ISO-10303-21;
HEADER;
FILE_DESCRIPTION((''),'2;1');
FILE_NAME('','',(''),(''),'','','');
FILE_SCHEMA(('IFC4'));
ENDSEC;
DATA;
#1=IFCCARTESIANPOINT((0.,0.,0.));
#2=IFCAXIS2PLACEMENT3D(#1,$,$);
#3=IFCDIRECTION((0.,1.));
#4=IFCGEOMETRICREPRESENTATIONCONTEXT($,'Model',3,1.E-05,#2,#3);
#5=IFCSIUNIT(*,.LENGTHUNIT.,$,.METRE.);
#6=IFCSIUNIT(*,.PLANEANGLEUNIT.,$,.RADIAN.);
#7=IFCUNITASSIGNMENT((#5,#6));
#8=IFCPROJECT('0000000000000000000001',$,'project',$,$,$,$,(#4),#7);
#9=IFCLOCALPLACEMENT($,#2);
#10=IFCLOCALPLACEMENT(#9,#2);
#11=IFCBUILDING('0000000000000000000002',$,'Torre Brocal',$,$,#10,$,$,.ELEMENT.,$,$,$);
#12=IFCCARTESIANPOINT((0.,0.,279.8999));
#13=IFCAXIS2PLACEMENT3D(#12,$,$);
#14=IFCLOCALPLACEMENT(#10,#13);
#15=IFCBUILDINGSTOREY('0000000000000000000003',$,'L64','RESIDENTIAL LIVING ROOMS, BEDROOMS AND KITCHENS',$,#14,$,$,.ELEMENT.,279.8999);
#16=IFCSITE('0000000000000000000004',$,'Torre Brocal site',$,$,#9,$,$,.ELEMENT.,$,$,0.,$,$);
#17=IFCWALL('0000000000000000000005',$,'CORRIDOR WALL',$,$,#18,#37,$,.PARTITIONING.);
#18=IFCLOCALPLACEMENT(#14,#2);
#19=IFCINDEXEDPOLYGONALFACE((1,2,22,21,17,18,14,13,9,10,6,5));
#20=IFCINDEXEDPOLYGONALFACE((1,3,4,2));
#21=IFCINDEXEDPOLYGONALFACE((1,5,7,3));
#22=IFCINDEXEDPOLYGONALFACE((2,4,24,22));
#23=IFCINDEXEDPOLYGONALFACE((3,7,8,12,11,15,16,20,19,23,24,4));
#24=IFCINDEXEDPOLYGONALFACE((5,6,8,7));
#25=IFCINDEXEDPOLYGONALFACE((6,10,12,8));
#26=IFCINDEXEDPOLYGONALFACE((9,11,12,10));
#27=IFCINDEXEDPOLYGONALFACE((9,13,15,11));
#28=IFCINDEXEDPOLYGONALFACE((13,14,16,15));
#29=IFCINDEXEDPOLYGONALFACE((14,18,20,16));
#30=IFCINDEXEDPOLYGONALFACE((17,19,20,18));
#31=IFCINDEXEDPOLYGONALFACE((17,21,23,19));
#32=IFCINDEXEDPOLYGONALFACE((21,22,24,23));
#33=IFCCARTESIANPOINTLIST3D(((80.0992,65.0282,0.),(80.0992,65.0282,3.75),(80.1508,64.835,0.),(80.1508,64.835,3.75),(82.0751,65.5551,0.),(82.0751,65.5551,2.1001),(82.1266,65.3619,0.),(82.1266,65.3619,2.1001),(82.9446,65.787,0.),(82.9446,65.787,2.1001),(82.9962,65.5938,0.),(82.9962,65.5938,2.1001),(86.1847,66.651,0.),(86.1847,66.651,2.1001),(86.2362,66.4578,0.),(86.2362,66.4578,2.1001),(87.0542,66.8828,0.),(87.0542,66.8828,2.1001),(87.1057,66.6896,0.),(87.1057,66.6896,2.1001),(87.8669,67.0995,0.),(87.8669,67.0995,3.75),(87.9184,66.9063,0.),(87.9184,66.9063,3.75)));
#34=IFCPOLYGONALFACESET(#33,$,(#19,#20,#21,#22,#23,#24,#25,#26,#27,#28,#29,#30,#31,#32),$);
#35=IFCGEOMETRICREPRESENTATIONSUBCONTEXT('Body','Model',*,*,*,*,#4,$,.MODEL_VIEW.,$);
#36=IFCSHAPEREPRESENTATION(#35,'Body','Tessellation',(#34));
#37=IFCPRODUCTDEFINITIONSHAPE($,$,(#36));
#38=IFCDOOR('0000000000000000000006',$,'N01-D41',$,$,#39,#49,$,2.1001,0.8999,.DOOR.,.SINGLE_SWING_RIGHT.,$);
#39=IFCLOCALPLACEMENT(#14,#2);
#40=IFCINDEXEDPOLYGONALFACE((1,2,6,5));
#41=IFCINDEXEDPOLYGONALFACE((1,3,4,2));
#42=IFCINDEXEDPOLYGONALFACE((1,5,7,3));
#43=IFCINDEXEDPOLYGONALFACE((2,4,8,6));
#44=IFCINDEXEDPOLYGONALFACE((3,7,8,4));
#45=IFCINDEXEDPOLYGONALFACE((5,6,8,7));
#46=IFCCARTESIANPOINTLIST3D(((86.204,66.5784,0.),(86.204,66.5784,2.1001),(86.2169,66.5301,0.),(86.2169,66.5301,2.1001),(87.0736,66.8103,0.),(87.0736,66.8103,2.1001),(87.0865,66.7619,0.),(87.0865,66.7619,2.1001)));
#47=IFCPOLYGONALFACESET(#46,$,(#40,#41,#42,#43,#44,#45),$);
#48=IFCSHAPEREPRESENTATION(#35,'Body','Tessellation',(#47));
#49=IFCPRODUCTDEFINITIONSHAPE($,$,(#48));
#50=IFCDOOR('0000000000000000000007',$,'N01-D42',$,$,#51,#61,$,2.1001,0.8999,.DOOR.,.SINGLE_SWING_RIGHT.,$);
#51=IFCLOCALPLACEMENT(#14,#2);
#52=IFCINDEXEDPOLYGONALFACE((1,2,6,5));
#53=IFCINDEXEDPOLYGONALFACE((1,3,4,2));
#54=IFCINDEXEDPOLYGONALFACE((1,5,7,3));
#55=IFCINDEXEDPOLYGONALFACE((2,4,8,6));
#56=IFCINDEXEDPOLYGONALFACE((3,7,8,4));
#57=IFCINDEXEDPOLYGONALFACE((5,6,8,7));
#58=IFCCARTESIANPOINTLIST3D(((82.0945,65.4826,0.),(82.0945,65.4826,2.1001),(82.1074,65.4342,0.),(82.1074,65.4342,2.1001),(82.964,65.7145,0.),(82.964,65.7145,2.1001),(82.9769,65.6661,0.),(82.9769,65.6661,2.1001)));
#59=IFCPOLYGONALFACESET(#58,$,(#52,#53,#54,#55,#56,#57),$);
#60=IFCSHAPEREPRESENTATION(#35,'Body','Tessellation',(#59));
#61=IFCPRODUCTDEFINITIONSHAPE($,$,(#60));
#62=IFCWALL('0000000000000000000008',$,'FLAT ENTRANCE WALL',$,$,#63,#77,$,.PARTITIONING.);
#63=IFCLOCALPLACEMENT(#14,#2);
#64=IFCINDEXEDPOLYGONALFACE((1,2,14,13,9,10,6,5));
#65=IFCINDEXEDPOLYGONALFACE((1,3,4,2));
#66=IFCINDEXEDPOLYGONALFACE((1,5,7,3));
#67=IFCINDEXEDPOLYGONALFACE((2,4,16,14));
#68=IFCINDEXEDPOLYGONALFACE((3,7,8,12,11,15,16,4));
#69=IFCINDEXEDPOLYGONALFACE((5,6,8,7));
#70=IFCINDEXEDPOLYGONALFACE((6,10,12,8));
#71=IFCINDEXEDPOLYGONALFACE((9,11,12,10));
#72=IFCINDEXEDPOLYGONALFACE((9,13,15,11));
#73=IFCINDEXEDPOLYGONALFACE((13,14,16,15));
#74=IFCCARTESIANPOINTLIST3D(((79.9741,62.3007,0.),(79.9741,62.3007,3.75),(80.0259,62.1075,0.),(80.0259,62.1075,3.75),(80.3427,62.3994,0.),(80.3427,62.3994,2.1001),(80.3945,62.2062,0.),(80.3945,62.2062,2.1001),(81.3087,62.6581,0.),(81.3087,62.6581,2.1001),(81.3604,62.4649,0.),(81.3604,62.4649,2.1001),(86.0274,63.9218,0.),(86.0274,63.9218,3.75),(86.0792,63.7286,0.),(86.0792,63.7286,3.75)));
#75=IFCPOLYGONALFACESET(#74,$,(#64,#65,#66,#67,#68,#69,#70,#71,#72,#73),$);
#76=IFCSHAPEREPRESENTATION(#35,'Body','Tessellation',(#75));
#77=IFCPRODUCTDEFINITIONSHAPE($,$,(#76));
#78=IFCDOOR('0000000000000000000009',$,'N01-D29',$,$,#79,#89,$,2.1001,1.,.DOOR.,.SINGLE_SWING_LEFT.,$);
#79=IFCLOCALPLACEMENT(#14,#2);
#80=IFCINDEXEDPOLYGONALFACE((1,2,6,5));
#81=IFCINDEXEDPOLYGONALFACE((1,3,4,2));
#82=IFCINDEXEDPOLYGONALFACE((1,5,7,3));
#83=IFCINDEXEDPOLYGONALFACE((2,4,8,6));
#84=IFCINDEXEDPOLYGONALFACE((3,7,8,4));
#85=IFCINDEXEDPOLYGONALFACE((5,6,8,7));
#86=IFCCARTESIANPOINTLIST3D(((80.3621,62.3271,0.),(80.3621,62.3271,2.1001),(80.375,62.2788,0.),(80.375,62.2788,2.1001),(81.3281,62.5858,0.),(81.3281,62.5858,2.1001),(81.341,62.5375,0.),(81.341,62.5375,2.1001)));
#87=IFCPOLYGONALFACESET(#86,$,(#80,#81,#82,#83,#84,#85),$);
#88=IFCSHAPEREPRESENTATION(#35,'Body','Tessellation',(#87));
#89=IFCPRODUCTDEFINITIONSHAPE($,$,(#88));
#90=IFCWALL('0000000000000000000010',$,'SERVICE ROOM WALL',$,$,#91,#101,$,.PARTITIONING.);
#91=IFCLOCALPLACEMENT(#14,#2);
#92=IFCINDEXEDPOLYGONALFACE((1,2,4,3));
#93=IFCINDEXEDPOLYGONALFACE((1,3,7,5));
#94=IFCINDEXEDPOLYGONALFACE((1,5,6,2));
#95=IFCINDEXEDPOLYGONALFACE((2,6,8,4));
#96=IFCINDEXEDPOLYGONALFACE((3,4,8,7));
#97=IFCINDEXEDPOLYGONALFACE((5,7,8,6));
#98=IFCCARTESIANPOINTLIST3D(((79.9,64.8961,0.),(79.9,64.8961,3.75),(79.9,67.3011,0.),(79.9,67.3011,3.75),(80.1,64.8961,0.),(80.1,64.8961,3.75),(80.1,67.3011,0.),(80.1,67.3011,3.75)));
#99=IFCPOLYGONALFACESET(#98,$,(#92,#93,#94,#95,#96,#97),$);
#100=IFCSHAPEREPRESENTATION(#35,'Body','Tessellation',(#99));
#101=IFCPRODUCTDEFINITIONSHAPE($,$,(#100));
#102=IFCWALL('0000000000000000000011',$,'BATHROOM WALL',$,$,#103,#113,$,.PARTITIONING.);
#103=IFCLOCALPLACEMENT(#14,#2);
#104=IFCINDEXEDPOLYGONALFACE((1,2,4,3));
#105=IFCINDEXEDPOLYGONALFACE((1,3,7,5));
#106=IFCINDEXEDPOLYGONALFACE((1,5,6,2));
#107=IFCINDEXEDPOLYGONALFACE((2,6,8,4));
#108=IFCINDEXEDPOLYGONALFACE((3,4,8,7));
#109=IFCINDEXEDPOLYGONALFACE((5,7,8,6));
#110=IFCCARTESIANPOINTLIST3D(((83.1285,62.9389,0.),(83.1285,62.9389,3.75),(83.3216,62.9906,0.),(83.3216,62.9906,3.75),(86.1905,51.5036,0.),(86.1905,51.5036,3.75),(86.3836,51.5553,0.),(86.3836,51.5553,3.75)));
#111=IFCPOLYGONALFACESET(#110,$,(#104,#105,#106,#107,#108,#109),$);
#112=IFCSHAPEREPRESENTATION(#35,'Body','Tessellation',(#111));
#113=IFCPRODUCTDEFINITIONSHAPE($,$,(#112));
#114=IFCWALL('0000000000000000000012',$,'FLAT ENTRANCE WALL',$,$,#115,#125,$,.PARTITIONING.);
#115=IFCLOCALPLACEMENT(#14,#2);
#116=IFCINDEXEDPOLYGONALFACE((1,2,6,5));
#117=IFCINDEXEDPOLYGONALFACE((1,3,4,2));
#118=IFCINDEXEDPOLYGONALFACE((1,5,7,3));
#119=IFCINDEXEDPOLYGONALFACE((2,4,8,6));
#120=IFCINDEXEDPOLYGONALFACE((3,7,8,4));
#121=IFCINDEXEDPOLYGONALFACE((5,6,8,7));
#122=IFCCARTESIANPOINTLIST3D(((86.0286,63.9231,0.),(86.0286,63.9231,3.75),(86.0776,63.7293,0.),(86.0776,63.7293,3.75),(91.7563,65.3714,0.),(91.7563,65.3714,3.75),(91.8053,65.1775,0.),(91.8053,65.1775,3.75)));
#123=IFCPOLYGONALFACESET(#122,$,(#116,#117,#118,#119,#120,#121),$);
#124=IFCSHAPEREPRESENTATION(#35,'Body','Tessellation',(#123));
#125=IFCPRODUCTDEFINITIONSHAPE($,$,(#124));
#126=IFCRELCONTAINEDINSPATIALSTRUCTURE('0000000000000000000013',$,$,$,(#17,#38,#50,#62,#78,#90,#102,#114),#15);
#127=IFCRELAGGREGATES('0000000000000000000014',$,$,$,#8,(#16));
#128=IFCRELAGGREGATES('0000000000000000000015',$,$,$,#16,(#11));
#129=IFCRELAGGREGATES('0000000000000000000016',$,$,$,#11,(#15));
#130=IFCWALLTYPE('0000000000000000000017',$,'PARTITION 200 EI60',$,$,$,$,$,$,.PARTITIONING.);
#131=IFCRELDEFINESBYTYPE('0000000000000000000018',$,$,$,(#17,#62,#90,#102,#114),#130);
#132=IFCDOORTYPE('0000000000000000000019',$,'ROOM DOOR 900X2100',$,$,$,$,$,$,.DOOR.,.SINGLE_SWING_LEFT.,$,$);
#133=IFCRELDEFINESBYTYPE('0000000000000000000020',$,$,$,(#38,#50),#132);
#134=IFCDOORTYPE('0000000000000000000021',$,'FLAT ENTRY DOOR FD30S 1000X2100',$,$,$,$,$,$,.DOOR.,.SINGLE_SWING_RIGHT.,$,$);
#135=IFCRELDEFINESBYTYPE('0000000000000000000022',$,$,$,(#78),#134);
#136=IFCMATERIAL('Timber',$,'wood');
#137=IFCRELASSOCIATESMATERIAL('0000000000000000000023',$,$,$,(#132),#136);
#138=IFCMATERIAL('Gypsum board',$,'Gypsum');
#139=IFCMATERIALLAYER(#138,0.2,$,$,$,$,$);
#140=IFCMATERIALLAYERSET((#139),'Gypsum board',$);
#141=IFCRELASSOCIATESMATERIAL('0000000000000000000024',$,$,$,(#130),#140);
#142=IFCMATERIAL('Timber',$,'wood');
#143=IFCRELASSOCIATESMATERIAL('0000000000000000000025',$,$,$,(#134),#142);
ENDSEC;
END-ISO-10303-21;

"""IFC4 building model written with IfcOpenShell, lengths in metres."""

from ifc_helpers import new_model, si_unit, direction, frame, frame_2d, origin, place, context, subcontext, project, spatial, rectangle, extrude, material, layer, layer_set, type_object, element, fill, save


model = new_model("IFC4")

# Units and contexts
model_context = context("Model", 3, precision=1e-05, world=origin(), true_north=direction((0.0, 1.0)))
body_context = subcontext(model_context, "Body", "Model", "MODEL_VIEW")
ifc_project = project(units=[si_unit("LENGTHUNIT", "METRE"), si_unit("PLANEANGLEUNIT", "RADIAN")], contexts=[model_context])

# Site, building, storey
site_placement = place(None, origin())
site = spatial("IfcSite", under=ifc_project, at=site_placement, Name="Torre Brocal site", CompositionType="ELEMENT", RefElevation=0.0)
building_placement = place(site_placement, origin())
building = spatial("IfcBuilding", under=site, at=building_placement, Name="Torre Brocal", CompositionType="ELEMENT")
storey_placement = place(building_placement, frame((0.0, 0.0, 279.8999)))
storey = spatial("IfcBuildingStorey", under=building, at=storey_placement, Name="L64", Description="RESIDENTIAL LIVING ROOMS, BEDROOMS AND KITCHENS", CompositionType="ELEMENT", Elevation=279.8999)

# Shared definitions
ifc_material_1 = material(Name="Timber", Category="wood")
door_type_1 = type_object("IfcDoorType", Name="ROOM DOOR 900X2100", OperationType="SINGLE_SWING_LEFT", PredefinedType="DOOR", material=ifc_material_1)

# Wall, openings, doors
ifc_material_2 = material(Name="Gypsum board", Category="Gypsum")
ifc_layer_1 = layer(ifc_material_2, 0.2)
ifc_layer_set_1 = layer_set([ifc_layer_1], Name="Gypsum board")
wall_type_1 = type_object("IfcWallType", Name="PARTITION 200 EI60", PredefinedType="PARTITIONING", material=ifc_layer_set_1)
wall_1_placement = place(storey_placement, frame((80.125, 64.9316, 0.0), z_axis=(0.0, 0.0, 1.0), x_axis=(0.966237, 0.257655, 0.0)))
wall_1 = element("IfcWall", 1, at=wall_1_placement, inside=storey, type_object=wall_type_1, Name="CORRIDOR WALL", PredefinedType="PARTITIONING", context=body_context, shape_type="SweptSolid", body=[
    extrude(rectangle(XDim=8.0391, YDim=0.2, at=frame_2d((4.0195, 0.0))), origin(), (0.0, 0.0, 1.0), 3.75),
])
opening_1_placement = place(wall_1_placement, frame((6.2981, 0.0, 0.0)))
opening_1 = element("IfcOpeningElement", 2, at=opening_1_placement, cuts=wall_1, PredefinedType="OPENING", context=body_context, shape_type="SweptSolid", body=[
    extrude(rectangle(XDim=0.8999, YDim=2.1001, at=frame_2d((0.45, 1.05))), frame((0.0, 0.1099, 0.0), z_axis=(0.0, -1.0, 0.0), x_axis=(1.0, 0.0, 0.0)), (0.0, 0.0, 1.0), 0.22),
])
opening_2_placement = place(wall_1_placement, frame((2.0449, 0.0, 0.0)))
opening_2 = element("IfcOpeningElement", 3, at=opening_2_placement, cuts=wall_1, PredefinedType="OPENING", context=body_context, shape_type="SweptSolid", body=[
    extrude(rectangle(XDim=0.8999, YDim=2.1001, at=frame_2d((0.45, 1.05))), frame((0.0, 0.1099, 0.0), z_axis=(0.0, -1.0, 0.0), x_axis=(1.0, 0.0, 0.0)), (0.0, 0.0, 1.0), 0.22),
])
door_1_placement = place(opening_1_placement, origin())
door_1 = element("IfcDoor", 4, at=door_1_placement, inside=storey, type_object=door_type_1, Name="N01-D41", OperationType="SINGLE_SWING_RIGHT", OverallHeight=2.1001, OverallWidth=0.8999, PredefinedType="DOOR", context=body_context, shape_type="SweptSolid", body=[
    extrude(rectangle(XDim=0.8999, YDim=2.1001, at=frame_2d((0.45, 1.05))), frame((0.0, 0.0249, 0.0), z_axis=(0.0, -1.0, 0.0), x_axis=(1.0, 0.0, 0.0)), (0.0, 0.0, 1.0), 0.05),
])
fill(opening_1, door_1)
door_2_placement = place(opening_2_placement, origin())
door_2 = element("IfcDoor", 5, at=door_2_placement, inside=storey, type_object=door_type_1, Name="N01-D42", OperationType="SINGLE_SWING_RIGHT", OverallHeight=2.1001, OverallWidth=0.8999, PredefinedType="DOOR", context=body_context, shape_type="SweptSolid", body=[
    extrude(rectangle(XDim=0.8999, YDim=2.1001, at=frame_2d((0.45, 1.05))), frame((0.0, 0.0249, 0.0), z_axis=(0.0, -1.0, 0.0), x_axis=(1.0, 0.0, 0.0)), (0.0, 0.0, 1.0), 0.05),
])
fill(opening_2, door_2)

# Wall, opening, door
wall_2_placement = place(storey_placement, frame((80.0, 62.2041, 0.0), z_axis=(0.0, 0.0, 1.0), x_axis=(0.96596, 0.258691, 0.0)))
wall_2 = element("IfcWall", 6, at=wall_2_placement, inside=storey, type_object=wall_type_1, Name="FLAT ENTRANCE WALL", PredefinedType="PARTITIONING", context=body_context, shape_type="SweptSolid", body=[
    extrude(rectangle(XDim=6.2666, YDim=0.2, at=frame_2d((3.1333, 0.0))), origin(), (0.0, 0.0, 1.0), 3.75),
])
opening_3_placement = place(wall_2_placement, frame((0.3816, 0.0, 0.0)))
opening_3 = element("IfcOpeningElement", 7, at=opening_3_placement, cuts=wall_2, PredefinedType="OPENING", context=body_context, shape_type="SweptSolid", body=[
    extrude(rectangle(XDim=1.0, YDim=2.1001, at=frame_2d((0.5, 1.05))), frame((0.0, 0.1099, 0.0), z_axis=(0.0, -1.0, 0.0), x_axis=(1.0, 0.0, 0.0)), (0.0, 0.0, 1.0), 0.22),
])
ifc_material_3 = material(Name="Timber", Category="wood")
door_type_2 = type_object("IfcDoorType", Name="FLAT ENTRY DOOR FD30S 1000X2100", OperationType="SINGLE_SWING_RIGHT", PredefinedType="DOOR", material=ifc_material_3)
door_3_placement = place(opening_3_placement, frame((1.0, 0.0, 0.0), z_axis=(0.0, 0.0, 1.0), x_axis=(-1.0, 0.0, 0.0)))
door_3 = element("IfcDoor", 8, at=door_3_placement, inside=storey, type_object=door_type_2, Name="N01-D29", OperationType="SINGLE_SWING_LEFT", OverallHeight=2.1001, OverallWidth=1.0, PredefinedType="DOOR", context=body_context, shape_type="SweptSolid", body=[
    extrude(rectangle(XDim=1.0, YDim=2.1001, at=frame_2d((0.5, 1.05))), frame((0.0, 0.0249, 0.0), z_axis=(0.0, -1.0, 0.0), x_axis=(1.0, 0.0, 0.0)), (0.0, 0.0, 1.0), 0.05),
])
fill(opening_3, door_3)

# Walls
wall_3_placement = place(storey_placement, frame((80.0, 64.896, 0.0), z_axis=(0.0, 0.0, 1.0), x_axis=(0.0, 1.0, 0.0)))
element("IfcWall", 9, at=wall_3_placement, inside=storey, type_object=wall_type_1, Name="SERVICE ROOM WALL", PredefinedType="PARTITIONING", context=body_context, shape_type="SweptSolid", body=[
    extrude(rectangle(XDim=2.405, YDim=0.2, at=frame_2d((1.2026, 0.0))), origin(), (0.0, 0.0, 1.0), 3.75),
])
wall_4_placement = place(storey_placement, frame((83.2251, 62.9646, 0.0), z_axis=(0.0, 0.0, 1.0), x_axis=(0.258656, -0.965969, 0.0)))
element("IfcWall", 10, at=wall_4_placement, inside=storey, type_object=wall_type_1, Name="BATHROOM WALL", PredefinedType="PARTITIONING", context=body_context, shape_type="SweptSolid", body=[
    extrude(rectangle(XDim=11.8381, YDim=0.2, at=frame_2d((5.9189, 0.0))), origin(), (0.0, 0.0, 1.0), 3.75),
])
wall_5_placement = place(storey_placement, frame((86.053, 63.8262, 0.0), z_axis=(0.0, 0.0, 1.0), x_axis=(0.96949, 0.245131, 0.0)))
element("IfcWall", 11, at=wall_5_placement, inside=storey, type_object=wall_type_1, Name="FLAT ENTRANCE WALL", PredefinedType="PARTITIONING", context=body_context, shape_type="SweptSolid", body=[
    extrude(rectangle(XDim=5.908, YDim=0.2, at=frame_2d((2.9541, 0.0))), origin(), (0.0, 0.0, 1.0), 3.75),
])

save(model, "model.ifc")
